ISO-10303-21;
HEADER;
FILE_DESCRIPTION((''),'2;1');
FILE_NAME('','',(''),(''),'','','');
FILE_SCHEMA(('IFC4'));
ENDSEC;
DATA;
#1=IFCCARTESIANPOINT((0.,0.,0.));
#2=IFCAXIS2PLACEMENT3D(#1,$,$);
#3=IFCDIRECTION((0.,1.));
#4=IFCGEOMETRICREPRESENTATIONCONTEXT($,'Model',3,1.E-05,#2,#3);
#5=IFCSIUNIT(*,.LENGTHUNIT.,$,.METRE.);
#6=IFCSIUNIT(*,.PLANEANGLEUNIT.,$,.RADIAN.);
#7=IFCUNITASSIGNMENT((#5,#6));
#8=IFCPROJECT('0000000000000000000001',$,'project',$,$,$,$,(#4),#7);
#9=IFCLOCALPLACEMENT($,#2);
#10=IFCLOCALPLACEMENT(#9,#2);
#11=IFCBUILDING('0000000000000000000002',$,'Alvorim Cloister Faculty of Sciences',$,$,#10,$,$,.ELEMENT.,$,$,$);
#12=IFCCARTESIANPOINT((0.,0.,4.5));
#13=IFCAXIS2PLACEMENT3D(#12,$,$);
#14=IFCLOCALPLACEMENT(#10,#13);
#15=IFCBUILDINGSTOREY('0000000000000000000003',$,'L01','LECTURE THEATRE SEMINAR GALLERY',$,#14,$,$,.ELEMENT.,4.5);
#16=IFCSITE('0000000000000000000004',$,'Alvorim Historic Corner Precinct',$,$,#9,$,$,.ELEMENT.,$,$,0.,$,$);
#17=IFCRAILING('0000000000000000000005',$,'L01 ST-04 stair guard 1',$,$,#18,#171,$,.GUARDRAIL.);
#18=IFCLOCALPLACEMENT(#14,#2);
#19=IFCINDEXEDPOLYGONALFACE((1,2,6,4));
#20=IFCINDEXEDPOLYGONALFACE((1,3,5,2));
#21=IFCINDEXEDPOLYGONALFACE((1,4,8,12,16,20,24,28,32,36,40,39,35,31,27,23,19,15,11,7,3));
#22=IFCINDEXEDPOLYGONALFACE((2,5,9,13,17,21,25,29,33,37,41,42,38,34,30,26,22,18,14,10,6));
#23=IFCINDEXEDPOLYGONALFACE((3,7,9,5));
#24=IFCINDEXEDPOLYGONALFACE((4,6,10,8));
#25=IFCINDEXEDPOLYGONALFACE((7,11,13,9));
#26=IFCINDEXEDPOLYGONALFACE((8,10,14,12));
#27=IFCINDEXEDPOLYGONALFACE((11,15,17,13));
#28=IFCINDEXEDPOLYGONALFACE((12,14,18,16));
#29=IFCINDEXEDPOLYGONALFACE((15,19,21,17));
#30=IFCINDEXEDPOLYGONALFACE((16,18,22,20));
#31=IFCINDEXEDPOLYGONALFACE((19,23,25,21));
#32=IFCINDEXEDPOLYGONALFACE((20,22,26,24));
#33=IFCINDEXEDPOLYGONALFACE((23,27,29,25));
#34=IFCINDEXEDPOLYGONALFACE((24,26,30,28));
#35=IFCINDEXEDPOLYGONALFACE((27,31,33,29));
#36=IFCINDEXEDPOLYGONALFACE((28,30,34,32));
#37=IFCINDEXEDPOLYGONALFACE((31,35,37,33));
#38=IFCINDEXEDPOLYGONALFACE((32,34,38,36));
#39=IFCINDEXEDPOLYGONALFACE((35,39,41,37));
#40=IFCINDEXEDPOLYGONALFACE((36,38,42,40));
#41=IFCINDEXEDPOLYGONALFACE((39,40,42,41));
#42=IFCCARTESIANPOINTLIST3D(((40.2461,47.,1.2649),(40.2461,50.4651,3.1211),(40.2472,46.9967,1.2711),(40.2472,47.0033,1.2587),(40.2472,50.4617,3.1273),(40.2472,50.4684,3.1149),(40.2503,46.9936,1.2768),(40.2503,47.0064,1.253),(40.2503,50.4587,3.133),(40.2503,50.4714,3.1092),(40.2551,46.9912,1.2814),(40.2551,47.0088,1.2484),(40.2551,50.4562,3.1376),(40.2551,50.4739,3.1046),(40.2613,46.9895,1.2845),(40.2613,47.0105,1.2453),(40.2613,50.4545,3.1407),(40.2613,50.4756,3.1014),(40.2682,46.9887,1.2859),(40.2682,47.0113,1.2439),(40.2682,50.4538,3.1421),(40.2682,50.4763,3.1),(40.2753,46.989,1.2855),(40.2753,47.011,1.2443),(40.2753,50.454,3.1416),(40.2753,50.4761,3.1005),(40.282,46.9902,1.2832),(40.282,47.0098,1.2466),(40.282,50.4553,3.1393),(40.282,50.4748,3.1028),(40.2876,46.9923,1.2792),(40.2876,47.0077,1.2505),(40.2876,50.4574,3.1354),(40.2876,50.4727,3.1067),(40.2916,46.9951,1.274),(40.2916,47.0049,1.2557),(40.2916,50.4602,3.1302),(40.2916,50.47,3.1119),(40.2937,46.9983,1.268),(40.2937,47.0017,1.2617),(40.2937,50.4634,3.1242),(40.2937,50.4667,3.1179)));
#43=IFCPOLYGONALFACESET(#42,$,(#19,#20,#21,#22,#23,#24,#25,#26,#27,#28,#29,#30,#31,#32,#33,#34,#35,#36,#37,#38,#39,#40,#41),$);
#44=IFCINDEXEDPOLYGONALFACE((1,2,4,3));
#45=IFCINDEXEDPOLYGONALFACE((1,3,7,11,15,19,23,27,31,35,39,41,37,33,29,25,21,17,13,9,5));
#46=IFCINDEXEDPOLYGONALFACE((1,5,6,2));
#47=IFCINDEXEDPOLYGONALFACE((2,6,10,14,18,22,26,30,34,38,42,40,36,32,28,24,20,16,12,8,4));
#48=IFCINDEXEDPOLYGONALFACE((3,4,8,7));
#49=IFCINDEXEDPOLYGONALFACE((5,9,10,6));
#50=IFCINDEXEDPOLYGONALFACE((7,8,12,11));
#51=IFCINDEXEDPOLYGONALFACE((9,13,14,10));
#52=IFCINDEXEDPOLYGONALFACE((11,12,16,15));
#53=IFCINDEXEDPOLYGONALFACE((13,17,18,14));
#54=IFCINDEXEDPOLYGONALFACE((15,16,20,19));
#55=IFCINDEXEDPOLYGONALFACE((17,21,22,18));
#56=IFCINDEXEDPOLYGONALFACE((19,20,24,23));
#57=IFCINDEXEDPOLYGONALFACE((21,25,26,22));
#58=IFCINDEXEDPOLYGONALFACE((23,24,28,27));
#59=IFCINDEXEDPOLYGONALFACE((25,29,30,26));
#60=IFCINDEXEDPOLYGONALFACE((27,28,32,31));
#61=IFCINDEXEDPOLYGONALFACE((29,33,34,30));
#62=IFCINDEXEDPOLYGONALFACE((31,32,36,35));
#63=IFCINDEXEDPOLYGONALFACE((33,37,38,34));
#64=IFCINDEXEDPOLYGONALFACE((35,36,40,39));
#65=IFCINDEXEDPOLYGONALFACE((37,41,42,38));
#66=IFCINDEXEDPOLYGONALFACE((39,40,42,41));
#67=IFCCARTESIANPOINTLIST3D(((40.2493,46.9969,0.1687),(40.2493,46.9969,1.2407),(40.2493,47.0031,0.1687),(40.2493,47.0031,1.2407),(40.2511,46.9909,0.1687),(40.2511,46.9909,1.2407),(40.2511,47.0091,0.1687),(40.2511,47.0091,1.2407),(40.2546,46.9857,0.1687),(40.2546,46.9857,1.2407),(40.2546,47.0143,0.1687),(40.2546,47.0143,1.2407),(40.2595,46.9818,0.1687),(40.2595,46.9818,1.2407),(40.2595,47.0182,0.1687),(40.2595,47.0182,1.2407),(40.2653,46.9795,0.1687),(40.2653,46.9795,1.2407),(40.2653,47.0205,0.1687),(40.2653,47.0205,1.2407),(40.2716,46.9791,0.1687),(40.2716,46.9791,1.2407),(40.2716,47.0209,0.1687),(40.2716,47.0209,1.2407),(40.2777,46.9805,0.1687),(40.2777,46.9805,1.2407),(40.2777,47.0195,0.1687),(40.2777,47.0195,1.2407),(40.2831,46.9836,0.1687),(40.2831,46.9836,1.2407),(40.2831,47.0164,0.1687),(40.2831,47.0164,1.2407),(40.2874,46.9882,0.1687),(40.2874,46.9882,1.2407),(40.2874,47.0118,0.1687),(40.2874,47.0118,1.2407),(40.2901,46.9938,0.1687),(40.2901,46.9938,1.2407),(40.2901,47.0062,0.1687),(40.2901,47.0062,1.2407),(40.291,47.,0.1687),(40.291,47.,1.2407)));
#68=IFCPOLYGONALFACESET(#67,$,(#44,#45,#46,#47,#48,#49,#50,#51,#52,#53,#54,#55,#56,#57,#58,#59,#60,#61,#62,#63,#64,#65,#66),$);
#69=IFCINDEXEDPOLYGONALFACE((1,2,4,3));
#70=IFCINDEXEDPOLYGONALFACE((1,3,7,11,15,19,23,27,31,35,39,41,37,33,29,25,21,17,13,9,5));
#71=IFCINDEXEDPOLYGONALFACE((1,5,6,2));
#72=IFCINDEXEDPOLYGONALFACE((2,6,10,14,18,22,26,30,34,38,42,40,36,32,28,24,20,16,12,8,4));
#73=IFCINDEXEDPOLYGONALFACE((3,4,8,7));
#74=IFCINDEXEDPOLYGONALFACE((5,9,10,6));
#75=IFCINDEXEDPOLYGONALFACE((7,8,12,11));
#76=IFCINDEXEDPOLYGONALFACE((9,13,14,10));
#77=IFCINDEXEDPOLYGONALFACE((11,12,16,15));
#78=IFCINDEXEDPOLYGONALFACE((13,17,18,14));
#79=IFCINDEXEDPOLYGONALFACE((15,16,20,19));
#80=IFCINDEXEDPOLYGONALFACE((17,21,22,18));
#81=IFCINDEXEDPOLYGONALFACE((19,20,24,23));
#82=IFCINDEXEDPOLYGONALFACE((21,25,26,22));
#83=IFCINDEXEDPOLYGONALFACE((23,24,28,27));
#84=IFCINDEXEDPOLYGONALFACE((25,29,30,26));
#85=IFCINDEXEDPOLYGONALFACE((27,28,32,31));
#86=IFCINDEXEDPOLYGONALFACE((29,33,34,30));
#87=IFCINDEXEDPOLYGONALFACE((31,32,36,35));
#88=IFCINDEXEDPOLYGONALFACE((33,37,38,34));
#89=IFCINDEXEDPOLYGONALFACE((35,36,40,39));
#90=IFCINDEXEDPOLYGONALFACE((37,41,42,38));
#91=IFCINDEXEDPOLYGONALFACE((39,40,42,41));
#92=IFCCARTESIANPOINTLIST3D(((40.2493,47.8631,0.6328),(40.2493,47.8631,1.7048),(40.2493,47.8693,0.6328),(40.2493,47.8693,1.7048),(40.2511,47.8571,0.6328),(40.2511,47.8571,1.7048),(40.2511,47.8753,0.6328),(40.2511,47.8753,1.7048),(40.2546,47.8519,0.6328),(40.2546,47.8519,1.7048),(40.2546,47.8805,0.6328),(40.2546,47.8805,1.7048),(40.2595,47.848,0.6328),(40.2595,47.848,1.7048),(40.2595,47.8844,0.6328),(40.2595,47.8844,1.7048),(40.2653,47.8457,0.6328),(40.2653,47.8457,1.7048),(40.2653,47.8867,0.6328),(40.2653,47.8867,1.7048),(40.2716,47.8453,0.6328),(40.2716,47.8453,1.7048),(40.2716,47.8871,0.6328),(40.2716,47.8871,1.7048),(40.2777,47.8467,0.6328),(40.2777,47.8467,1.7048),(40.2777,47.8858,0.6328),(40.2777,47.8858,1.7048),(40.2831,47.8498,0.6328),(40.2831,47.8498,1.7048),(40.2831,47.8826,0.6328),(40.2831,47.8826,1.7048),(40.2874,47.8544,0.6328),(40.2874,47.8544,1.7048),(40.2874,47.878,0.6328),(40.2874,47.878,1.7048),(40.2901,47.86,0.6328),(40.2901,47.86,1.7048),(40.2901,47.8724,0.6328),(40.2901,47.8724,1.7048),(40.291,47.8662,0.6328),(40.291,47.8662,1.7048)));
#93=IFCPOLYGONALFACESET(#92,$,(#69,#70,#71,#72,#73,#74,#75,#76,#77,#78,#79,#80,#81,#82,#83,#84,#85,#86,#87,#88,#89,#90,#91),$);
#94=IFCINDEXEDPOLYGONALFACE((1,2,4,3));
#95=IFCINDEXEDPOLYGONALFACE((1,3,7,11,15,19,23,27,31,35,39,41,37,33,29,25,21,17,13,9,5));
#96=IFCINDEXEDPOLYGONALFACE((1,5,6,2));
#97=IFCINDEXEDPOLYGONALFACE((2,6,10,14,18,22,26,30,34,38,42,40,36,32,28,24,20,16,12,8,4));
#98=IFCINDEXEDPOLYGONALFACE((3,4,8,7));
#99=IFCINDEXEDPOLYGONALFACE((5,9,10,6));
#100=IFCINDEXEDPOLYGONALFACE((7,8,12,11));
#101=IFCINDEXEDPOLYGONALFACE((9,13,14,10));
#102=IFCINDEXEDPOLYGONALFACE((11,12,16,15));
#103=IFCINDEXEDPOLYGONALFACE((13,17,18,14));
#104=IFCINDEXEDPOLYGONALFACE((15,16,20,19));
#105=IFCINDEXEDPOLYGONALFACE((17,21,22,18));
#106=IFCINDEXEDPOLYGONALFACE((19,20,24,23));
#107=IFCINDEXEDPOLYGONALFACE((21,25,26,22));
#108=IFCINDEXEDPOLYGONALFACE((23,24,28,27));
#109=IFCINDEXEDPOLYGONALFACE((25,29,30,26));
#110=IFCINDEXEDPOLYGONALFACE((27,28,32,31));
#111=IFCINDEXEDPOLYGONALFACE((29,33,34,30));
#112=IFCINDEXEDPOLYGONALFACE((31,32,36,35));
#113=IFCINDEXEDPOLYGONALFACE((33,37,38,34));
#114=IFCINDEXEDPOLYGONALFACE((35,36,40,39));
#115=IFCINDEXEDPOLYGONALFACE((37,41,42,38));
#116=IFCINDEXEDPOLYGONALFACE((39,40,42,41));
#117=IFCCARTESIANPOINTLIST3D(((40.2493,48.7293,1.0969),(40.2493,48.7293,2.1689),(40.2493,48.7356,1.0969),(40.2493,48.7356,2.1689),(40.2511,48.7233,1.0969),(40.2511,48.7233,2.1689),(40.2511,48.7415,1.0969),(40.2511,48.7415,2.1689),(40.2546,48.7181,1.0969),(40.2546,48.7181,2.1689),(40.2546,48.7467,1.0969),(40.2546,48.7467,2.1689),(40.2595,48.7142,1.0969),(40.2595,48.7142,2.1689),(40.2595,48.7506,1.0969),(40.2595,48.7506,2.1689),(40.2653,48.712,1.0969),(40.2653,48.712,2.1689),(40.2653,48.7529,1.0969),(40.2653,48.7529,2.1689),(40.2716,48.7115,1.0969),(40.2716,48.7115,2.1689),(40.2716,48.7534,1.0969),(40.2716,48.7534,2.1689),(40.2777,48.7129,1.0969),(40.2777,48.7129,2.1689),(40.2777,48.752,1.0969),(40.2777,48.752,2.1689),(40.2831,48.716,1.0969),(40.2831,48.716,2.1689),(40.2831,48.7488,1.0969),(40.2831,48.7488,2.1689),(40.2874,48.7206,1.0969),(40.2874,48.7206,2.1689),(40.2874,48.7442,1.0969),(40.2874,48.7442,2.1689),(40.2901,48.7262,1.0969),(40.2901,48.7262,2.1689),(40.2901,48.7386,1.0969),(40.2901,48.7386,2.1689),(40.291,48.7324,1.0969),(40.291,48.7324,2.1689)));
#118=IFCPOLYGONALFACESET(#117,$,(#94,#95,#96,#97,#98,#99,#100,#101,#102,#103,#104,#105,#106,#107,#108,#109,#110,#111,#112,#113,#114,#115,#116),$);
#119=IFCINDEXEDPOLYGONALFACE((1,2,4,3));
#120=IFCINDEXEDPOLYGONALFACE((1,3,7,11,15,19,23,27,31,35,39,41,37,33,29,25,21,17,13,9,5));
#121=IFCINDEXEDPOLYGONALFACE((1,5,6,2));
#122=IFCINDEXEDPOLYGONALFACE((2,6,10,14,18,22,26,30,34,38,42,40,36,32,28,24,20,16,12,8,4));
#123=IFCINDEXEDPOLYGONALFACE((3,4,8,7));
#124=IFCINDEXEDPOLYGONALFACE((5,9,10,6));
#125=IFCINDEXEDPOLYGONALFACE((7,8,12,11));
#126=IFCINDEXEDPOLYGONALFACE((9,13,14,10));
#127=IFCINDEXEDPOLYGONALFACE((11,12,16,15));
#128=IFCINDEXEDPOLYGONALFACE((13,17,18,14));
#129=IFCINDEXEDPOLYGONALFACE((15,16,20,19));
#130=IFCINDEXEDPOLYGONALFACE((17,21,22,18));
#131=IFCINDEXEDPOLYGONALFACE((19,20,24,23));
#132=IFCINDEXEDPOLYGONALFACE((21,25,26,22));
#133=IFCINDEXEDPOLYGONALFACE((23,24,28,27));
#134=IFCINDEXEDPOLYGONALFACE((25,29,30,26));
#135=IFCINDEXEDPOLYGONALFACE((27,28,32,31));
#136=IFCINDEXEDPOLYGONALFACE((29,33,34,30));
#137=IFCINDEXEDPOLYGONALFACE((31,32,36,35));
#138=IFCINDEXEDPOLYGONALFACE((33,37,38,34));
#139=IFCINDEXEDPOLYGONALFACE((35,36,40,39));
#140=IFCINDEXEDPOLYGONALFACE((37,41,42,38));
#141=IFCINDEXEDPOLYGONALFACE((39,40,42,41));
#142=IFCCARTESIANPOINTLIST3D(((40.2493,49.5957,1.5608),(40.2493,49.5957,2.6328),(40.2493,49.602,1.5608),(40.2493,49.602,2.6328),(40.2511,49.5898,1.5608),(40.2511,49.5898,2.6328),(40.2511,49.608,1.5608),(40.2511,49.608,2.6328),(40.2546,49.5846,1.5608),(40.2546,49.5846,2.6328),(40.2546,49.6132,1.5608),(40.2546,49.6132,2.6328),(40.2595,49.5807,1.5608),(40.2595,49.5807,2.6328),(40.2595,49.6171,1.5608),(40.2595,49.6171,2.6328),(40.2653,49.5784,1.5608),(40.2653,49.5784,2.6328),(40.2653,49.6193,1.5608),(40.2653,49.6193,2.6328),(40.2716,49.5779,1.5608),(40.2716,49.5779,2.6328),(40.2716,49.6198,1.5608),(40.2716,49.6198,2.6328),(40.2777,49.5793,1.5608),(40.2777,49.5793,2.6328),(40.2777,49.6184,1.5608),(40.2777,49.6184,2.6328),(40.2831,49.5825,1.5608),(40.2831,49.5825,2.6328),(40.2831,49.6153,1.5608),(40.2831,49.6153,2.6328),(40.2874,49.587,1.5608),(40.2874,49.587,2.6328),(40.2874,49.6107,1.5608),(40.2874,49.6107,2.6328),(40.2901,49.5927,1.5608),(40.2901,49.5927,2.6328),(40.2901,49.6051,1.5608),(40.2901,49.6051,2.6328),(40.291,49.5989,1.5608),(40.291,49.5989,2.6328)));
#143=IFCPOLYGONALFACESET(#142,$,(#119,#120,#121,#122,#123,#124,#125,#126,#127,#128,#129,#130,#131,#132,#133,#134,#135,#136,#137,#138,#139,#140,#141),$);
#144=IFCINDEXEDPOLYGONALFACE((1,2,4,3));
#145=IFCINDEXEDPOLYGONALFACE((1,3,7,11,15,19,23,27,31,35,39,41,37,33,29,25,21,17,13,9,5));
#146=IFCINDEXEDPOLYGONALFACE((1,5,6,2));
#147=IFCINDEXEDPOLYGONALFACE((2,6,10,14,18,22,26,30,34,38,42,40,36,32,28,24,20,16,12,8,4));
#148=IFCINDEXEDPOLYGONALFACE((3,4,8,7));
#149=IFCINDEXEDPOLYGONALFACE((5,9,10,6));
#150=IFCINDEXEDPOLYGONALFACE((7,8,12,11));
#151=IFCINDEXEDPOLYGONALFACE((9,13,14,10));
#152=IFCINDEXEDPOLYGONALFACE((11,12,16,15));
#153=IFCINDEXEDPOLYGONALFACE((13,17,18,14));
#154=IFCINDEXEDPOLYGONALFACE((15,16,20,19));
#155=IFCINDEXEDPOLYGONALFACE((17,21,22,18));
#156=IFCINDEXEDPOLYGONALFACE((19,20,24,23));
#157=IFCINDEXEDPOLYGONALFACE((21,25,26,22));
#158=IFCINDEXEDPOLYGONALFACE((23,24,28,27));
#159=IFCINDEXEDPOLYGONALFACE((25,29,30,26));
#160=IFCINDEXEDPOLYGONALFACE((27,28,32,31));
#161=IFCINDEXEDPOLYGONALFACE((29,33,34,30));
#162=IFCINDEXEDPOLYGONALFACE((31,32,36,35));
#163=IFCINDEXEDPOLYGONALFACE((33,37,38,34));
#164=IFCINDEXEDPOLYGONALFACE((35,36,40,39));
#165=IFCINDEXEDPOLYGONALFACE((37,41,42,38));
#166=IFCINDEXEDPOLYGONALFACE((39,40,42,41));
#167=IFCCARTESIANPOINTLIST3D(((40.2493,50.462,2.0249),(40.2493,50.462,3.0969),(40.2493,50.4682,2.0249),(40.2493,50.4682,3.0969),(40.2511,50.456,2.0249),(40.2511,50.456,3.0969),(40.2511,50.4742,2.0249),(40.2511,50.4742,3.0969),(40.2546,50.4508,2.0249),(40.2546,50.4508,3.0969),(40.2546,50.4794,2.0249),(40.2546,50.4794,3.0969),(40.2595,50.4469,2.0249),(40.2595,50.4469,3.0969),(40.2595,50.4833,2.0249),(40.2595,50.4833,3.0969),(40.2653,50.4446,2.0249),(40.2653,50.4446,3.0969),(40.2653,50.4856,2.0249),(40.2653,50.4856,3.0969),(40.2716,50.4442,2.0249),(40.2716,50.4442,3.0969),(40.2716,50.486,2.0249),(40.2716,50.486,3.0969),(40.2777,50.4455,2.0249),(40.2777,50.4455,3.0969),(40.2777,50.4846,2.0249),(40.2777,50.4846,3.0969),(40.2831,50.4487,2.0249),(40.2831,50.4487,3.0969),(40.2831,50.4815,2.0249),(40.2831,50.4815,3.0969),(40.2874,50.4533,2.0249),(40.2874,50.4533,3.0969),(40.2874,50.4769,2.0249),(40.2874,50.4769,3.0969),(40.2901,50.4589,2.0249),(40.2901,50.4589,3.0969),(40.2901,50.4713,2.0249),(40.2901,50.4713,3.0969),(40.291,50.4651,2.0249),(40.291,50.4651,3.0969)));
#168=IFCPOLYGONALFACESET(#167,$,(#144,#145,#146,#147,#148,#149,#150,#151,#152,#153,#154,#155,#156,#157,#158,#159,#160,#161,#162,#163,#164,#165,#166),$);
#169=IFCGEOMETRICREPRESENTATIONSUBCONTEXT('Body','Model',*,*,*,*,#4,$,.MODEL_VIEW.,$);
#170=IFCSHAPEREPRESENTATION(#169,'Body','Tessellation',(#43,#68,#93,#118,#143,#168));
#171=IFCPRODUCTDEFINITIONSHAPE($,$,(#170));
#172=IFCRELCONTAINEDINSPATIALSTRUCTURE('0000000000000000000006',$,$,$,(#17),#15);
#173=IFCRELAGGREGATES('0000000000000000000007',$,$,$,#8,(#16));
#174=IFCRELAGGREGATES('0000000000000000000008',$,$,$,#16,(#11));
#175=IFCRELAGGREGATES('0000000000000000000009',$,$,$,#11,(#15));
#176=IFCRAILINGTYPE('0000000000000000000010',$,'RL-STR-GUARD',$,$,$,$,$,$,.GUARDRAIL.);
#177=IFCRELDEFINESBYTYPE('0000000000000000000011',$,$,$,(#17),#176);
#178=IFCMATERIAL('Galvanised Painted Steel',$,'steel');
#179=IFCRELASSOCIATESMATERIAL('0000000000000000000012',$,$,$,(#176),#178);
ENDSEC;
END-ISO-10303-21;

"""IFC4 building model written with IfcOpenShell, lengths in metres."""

from ifc_helpers import new_model, si_unit, direction, frame, origin, origin_2d, place, context, subcontext, project, spatial, circle, extrude, material, type_object, element, save


model = new_model("IFC4")

# Units and contexts
model_context = context("Model", 3, precision=1e-05, world=origin(), true_north=direction((0.0, 1.0)))
body_context = subcontext(model_context, "Body", "Model", "MODEL_VIEW")
ifc_project = project(units=[si_unit("LENGTHUNIT", "METRE"), si_unit("PLANEANGLEUNIT", "RADIAN")], contexts=[model_context])

# Site, building, storey
site_placement = place(None, origin())
site = spatial("IfcSite", under=ifc_project, at=site_placement, Name="Alvorim Historic Corner Precinct", CompositionType="ELEMENT", RefElevation=0.0)
building_placement = place(site_placement, origin())
building = spatial("IfcBuilding", under=site, at=building_placement, Name="Alvorim Cloister Faculty of Sciences", CompositionType="ELEMENT")
storey_placement = place(building_placement, frame((0.0, 0.0, 4.5)))
storey = spatial("IfcBuildingStorey", under=building, at=storey_placement, Name="L01", Description="LECTURE THEATRE SEMINAR GALLERY", CompositionType="ELEMENT", Elevation=4.5)

# Railing
ifc_material_1 = material(Name="Galvanised Painted Steel", Category="steel")
railing_type_1 = type_object("IfcRailingType", Name="RL-STR-GUARD", PredefinedType="GUARDRAIL", material=ifc_material_1)
railing_1_placement = place(storey_placement, frame((40.27, 47.0, 0.1687)))
element("IfcRailing", 1, at=railing_1_placement, inside=storey, type_object=railing_type_1, Name="L01 ST-04 stair guard 1", PredefinedType="GUARDRAIL", context=body_context, shape_type="SweptSolid", body=[
    extrude(circle(Radius=0.0239, at=origin_2d()), frame((0.0, 0.0, 1.0962), z_axis=(0.0, 0.88149, 0.472202), x_axis=(-1.0, 0.0, 0.0)), (0.0, 0.0, 1.0), 3.9309),
    extrude(circle(Radius=0.021, at=origin_2d()), origin(), (0.0, 0.0, 1.0), 1.072),
    extrude(circle(Radius=0.021, at=origin_2d()), frame((0.0, 0.8662, 0.4641)), (0.0, 0.0, 1.0), 1.072),
    extrude(circle(Radius=0.021, at=origin_2d()), frame((0.0, 1.7324, 0.9282)), (0.0, 0.0, 1.0), 1.072),
    extrude(circle(Radius=0.021, at=origin_2d()), frame((0.0, 2.5989, 1.3921)), (0.0, 0.0, 1.0), 1.072),
    extrude(circle(Radius=0.021, at=origin_2d()), frame((0.0, 3.4651, 1.8562)), (0.0, 0.0, 1.0), 1.072),
])

save(model, "model.ifc")
